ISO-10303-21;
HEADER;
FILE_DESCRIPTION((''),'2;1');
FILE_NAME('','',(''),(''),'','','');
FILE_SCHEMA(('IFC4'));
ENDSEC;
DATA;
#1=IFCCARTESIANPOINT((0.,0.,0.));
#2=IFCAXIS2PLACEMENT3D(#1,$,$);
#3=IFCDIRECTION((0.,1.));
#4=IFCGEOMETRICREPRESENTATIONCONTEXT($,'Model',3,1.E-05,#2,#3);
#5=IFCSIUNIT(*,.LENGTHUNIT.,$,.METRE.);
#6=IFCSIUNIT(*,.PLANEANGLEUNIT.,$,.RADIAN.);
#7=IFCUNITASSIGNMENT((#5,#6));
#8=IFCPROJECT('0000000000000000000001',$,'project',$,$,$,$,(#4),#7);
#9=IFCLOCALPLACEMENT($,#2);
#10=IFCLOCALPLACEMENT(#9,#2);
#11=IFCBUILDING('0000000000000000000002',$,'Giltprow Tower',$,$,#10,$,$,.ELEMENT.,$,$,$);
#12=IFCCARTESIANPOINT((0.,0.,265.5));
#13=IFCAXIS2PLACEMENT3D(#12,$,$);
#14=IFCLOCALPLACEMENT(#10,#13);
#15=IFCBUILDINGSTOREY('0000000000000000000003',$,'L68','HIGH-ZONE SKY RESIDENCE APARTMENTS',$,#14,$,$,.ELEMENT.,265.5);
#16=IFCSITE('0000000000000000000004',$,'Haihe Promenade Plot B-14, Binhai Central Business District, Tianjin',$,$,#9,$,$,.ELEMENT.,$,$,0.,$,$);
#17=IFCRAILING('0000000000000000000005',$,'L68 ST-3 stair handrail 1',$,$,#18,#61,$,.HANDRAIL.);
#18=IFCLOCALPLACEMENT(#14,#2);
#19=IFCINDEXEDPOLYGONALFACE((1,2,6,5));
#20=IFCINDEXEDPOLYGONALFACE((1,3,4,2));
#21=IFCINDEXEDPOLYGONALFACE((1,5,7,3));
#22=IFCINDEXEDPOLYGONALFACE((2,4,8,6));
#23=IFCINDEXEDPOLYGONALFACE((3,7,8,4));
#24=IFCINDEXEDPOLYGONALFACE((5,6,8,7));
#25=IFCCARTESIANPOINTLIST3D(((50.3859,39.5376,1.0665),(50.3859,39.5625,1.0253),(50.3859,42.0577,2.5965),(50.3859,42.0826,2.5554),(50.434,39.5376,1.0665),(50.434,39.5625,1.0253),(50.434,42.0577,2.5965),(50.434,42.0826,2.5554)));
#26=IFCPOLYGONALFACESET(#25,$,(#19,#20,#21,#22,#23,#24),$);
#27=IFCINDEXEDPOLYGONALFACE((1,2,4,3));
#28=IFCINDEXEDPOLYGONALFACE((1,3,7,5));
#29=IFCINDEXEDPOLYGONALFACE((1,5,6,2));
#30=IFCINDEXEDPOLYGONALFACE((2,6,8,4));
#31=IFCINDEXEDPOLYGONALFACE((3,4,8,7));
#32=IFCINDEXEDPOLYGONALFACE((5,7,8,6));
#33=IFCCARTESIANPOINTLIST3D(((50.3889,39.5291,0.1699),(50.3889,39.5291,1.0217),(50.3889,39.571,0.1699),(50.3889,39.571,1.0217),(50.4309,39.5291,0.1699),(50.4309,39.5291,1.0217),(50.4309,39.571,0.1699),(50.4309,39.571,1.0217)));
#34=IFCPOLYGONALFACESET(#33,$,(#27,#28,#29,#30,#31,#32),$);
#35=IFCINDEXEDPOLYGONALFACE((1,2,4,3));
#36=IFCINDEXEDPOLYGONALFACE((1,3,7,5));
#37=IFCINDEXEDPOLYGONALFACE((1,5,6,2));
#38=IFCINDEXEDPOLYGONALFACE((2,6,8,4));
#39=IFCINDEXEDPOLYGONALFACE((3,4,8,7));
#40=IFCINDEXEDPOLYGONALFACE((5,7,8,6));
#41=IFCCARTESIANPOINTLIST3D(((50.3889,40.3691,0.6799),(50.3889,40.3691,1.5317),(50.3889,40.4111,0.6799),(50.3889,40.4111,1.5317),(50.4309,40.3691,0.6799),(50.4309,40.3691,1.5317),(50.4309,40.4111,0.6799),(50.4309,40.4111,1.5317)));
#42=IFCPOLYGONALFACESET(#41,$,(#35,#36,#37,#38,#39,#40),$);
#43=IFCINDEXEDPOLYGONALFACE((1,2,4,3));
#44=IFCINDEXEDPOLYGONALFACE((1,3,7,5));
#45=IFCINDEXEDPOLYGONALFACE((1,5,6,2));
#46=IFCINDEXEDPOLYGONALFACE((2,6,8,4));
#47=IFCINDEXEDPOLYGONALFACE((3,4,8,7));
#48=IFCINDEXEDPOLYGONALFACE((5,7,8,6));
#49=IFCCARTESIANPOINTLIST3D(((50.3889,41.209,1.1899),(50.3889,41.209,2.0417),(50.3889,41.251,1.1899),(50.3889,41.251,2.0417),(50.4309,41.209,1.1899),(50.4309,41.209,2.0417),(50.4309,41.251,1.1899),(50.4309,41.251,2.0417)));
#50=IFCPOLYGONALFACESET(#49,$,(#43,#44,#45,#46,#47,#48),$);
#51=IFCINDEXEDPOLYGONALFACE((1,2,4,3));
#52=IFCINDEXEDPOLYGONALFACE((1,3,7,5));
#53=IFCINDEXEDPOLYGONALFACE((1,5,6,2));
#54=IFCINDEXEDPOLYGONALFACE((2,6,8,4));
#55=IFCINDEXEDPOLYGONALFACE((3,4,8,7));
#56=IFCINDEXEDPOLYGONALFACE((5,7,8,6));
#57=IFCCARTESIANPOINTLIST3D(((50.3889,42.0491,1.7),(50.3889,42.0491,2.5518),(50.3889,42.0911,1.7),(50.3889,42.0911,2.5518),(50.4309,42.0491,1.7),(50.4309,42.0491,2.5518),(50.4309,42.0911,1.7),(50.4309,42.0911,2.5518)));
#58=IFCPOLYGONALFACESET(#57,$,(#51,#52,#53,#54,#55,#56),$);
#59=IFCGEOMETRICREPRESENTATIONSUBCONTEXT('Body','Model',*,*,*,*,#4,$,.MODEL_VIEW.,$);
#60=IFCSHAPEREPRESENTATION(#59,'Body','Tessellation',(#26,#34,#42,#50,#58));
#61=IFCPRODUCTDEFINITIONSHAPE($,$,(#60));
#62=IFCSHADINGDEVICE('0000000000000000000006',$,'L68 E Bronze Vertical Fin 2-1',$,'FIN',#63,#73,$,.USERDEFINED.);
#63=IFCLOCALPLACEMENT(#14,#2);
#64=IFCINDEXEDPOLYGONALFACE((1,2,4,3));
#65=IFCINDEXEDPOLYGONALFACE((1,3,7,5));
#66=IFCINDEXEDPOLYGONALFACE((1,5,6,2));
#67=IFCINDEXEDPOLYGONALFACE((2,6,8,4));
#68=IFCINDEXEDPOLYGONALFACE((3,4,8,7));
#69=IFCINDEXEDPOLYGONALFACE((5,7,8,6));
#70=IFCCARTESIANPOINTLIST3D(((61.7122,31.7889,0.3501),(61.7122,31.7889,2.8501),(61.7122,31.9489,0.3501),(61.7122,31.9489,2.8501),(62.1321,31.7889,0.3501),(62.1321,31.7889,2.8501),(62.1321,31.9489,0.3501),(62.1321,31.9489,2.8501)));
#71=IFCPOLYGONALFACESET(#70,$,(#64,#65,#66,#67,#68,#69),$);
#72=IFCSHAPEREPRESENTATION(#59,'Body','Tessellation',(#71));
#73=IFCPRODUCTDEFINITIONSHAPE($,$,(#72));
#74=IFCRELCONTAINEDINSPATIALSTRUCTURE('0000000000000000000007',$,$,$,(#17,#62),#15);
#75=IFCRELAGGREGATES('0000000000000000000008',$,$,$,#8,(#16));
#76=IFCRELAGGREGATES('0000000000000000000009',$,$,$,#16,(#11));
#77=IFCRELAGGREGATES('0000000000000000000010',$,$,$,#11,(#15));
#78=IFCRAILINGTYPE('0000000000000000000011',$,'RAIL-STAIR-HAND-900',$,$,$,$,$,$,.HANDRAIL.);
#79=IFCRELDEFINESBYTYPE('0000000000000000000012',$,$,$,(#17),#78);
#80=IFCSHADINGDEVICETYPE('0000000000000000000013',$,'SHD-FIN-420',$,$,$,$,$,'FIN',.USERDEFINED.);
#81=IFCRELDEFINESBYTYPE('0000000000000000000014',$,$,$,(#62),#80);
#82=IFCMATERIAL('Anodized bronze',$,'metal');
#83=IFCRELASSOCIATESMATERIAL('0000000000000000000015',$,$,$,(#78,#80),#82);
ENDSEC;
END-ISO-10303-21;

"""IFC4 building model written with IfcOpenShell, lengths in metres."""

from ifc_helpers import new_model, si_unit, direction, frame, origin, origin_2d, place, context, subcontext, project, spatial, rectangle, extrude, source, transform, mapped, material, type_object, element, save


model = new_model("IFC4")

# Units and contexts
model_context = context("Model", 3, precision=1e-05, world=origin(), true_north=direction((0.0, 1.0)))
body_context = subcontext(model_context, "Body", "Model", "MODEL_VIEW")
ifc_project = project(units=[si_unit("LENGTHUNIT", "METRE"), si_unit("PLANEANGLEUNIT", "RADIAN")], contexts=[model_context])

# Site, building, storey
site_placement = place(None, origin())
site = spatial("IfcSite", under=ifc_project, at=site_placement, Name="Haihe Promenade Plot B-14, Binhai Central Business District, Tianjin", CompositionType="ELEMENT", RefElevation=0.0)
building_placement = place(site_placement, origin())
building = spatial("IfcBuilding", under=site, at=building_placement, Name="Giltprow Tower", CompositionType="ELEMENT")
storey_placement = place(building_placement, frame((0.0, 0.0, 265.5)))
storey = spatial("IfcBuildingStorey", under=building, at=storey_placement, Name="L68", Description="HIGH-ZONE SKY RESIDENCE APARTMENTS", CompositionType="ELEMENT", Elevation=265.5)

# Railing
ifc_material_1 = material(Name="Anodized bronze", Category="metal")
railing_type_1 = type_object("IfcRailingType", Name="RAIL-STAIR-HAND-900", PredefinedType="HANDRAIL", material=ifc_material_1)
railing_1_placement = place(storey_placement, frame((50.4099, 39.55, 0.1699)))
element("IfcRailing", 1, at=railing_1_placement, inside=storey, type_object=railing_type_1, Name="L68 ST-3 stair handrail 1", PredefinedType="HANDRAIL", context=body_context, shape_type="SweptSolid", body=[
    extrude(rectangle(XDim=0.0481, YDim=0.0481, at=origin_2d()), frame((0.0, 0.0, 0.876), z_axis=(0.0, 0.854785, 0.518982), x_axis=(-1.0, 0.0, 0.0)), (0.0, 0.0, 1.0), 2.9482),
    extrude(rectangle(XDim=0.042, YDim=0.042, at=origin_2d()), origin(), (0.0, 0.0, 1.0), 0.8518),
    extrude(rectangle(XDim=0.042, YDim=0.042, at=origin_2d()), frame((0.0, 0.8401, 0.51)), (0.0, 0.0, 1.0), 0.8518),
    extrude(rectangle(XDim=0.042, YDim=0.042, at=origin_2d()), frame((0.0, 1.6799, 1.02)), (0.0, 0.0, 1.0), 0.8518),
    extrude(rectangle(XDim=0.042, YDim=0.042, at=origin_2d()), frame((0.0, 2.52, 1.53)), (0.0, 0.0, 1.0), 0.8518),
])

# Shading device
shading_device_type = type_object("IfcShadingDeviceType", Name="SHD-FIN-420", ElementType="FIN", PredefinedType="USERDEFINED", material=ifc_material_1)
shared_shape_1 = source(origin(), body_context, "Body", "SweptSolid", [
    extrude(rectangle(XDim=0.4199, YDim=0.1599, at=origin_2d()), origin(), (0.0, 0.0, 1.0), 2.5),
])
shading_device_placement = place(storey_placement, frame((61.9221, 31.8689, 0.3501), z_axis=(0.0, 0.0, 1.0), x_axis=(1.0, 0.0, 0.0)))
element("IfcShadingDevice", 2, at=shading_device_placement, inside=storey, type_object=shading_device_type, Name="L68 E Bronze Vertical Fin 2-1", ObjectType="FIN", PredefinedType="USERDEFINED", context=body_context, shape_type="MappedRepresentation", body=[
    mapped(shared_shape_1, transform((0.0, 0.0, 0.0), x_axis=(1.0, 0.0, 0.0), y_axis=(0.0, 1.0, 0.0), z_axis=(0.0, 0.0, 1.0), scale=1.0)),
])

save(model, "model.ifc")
